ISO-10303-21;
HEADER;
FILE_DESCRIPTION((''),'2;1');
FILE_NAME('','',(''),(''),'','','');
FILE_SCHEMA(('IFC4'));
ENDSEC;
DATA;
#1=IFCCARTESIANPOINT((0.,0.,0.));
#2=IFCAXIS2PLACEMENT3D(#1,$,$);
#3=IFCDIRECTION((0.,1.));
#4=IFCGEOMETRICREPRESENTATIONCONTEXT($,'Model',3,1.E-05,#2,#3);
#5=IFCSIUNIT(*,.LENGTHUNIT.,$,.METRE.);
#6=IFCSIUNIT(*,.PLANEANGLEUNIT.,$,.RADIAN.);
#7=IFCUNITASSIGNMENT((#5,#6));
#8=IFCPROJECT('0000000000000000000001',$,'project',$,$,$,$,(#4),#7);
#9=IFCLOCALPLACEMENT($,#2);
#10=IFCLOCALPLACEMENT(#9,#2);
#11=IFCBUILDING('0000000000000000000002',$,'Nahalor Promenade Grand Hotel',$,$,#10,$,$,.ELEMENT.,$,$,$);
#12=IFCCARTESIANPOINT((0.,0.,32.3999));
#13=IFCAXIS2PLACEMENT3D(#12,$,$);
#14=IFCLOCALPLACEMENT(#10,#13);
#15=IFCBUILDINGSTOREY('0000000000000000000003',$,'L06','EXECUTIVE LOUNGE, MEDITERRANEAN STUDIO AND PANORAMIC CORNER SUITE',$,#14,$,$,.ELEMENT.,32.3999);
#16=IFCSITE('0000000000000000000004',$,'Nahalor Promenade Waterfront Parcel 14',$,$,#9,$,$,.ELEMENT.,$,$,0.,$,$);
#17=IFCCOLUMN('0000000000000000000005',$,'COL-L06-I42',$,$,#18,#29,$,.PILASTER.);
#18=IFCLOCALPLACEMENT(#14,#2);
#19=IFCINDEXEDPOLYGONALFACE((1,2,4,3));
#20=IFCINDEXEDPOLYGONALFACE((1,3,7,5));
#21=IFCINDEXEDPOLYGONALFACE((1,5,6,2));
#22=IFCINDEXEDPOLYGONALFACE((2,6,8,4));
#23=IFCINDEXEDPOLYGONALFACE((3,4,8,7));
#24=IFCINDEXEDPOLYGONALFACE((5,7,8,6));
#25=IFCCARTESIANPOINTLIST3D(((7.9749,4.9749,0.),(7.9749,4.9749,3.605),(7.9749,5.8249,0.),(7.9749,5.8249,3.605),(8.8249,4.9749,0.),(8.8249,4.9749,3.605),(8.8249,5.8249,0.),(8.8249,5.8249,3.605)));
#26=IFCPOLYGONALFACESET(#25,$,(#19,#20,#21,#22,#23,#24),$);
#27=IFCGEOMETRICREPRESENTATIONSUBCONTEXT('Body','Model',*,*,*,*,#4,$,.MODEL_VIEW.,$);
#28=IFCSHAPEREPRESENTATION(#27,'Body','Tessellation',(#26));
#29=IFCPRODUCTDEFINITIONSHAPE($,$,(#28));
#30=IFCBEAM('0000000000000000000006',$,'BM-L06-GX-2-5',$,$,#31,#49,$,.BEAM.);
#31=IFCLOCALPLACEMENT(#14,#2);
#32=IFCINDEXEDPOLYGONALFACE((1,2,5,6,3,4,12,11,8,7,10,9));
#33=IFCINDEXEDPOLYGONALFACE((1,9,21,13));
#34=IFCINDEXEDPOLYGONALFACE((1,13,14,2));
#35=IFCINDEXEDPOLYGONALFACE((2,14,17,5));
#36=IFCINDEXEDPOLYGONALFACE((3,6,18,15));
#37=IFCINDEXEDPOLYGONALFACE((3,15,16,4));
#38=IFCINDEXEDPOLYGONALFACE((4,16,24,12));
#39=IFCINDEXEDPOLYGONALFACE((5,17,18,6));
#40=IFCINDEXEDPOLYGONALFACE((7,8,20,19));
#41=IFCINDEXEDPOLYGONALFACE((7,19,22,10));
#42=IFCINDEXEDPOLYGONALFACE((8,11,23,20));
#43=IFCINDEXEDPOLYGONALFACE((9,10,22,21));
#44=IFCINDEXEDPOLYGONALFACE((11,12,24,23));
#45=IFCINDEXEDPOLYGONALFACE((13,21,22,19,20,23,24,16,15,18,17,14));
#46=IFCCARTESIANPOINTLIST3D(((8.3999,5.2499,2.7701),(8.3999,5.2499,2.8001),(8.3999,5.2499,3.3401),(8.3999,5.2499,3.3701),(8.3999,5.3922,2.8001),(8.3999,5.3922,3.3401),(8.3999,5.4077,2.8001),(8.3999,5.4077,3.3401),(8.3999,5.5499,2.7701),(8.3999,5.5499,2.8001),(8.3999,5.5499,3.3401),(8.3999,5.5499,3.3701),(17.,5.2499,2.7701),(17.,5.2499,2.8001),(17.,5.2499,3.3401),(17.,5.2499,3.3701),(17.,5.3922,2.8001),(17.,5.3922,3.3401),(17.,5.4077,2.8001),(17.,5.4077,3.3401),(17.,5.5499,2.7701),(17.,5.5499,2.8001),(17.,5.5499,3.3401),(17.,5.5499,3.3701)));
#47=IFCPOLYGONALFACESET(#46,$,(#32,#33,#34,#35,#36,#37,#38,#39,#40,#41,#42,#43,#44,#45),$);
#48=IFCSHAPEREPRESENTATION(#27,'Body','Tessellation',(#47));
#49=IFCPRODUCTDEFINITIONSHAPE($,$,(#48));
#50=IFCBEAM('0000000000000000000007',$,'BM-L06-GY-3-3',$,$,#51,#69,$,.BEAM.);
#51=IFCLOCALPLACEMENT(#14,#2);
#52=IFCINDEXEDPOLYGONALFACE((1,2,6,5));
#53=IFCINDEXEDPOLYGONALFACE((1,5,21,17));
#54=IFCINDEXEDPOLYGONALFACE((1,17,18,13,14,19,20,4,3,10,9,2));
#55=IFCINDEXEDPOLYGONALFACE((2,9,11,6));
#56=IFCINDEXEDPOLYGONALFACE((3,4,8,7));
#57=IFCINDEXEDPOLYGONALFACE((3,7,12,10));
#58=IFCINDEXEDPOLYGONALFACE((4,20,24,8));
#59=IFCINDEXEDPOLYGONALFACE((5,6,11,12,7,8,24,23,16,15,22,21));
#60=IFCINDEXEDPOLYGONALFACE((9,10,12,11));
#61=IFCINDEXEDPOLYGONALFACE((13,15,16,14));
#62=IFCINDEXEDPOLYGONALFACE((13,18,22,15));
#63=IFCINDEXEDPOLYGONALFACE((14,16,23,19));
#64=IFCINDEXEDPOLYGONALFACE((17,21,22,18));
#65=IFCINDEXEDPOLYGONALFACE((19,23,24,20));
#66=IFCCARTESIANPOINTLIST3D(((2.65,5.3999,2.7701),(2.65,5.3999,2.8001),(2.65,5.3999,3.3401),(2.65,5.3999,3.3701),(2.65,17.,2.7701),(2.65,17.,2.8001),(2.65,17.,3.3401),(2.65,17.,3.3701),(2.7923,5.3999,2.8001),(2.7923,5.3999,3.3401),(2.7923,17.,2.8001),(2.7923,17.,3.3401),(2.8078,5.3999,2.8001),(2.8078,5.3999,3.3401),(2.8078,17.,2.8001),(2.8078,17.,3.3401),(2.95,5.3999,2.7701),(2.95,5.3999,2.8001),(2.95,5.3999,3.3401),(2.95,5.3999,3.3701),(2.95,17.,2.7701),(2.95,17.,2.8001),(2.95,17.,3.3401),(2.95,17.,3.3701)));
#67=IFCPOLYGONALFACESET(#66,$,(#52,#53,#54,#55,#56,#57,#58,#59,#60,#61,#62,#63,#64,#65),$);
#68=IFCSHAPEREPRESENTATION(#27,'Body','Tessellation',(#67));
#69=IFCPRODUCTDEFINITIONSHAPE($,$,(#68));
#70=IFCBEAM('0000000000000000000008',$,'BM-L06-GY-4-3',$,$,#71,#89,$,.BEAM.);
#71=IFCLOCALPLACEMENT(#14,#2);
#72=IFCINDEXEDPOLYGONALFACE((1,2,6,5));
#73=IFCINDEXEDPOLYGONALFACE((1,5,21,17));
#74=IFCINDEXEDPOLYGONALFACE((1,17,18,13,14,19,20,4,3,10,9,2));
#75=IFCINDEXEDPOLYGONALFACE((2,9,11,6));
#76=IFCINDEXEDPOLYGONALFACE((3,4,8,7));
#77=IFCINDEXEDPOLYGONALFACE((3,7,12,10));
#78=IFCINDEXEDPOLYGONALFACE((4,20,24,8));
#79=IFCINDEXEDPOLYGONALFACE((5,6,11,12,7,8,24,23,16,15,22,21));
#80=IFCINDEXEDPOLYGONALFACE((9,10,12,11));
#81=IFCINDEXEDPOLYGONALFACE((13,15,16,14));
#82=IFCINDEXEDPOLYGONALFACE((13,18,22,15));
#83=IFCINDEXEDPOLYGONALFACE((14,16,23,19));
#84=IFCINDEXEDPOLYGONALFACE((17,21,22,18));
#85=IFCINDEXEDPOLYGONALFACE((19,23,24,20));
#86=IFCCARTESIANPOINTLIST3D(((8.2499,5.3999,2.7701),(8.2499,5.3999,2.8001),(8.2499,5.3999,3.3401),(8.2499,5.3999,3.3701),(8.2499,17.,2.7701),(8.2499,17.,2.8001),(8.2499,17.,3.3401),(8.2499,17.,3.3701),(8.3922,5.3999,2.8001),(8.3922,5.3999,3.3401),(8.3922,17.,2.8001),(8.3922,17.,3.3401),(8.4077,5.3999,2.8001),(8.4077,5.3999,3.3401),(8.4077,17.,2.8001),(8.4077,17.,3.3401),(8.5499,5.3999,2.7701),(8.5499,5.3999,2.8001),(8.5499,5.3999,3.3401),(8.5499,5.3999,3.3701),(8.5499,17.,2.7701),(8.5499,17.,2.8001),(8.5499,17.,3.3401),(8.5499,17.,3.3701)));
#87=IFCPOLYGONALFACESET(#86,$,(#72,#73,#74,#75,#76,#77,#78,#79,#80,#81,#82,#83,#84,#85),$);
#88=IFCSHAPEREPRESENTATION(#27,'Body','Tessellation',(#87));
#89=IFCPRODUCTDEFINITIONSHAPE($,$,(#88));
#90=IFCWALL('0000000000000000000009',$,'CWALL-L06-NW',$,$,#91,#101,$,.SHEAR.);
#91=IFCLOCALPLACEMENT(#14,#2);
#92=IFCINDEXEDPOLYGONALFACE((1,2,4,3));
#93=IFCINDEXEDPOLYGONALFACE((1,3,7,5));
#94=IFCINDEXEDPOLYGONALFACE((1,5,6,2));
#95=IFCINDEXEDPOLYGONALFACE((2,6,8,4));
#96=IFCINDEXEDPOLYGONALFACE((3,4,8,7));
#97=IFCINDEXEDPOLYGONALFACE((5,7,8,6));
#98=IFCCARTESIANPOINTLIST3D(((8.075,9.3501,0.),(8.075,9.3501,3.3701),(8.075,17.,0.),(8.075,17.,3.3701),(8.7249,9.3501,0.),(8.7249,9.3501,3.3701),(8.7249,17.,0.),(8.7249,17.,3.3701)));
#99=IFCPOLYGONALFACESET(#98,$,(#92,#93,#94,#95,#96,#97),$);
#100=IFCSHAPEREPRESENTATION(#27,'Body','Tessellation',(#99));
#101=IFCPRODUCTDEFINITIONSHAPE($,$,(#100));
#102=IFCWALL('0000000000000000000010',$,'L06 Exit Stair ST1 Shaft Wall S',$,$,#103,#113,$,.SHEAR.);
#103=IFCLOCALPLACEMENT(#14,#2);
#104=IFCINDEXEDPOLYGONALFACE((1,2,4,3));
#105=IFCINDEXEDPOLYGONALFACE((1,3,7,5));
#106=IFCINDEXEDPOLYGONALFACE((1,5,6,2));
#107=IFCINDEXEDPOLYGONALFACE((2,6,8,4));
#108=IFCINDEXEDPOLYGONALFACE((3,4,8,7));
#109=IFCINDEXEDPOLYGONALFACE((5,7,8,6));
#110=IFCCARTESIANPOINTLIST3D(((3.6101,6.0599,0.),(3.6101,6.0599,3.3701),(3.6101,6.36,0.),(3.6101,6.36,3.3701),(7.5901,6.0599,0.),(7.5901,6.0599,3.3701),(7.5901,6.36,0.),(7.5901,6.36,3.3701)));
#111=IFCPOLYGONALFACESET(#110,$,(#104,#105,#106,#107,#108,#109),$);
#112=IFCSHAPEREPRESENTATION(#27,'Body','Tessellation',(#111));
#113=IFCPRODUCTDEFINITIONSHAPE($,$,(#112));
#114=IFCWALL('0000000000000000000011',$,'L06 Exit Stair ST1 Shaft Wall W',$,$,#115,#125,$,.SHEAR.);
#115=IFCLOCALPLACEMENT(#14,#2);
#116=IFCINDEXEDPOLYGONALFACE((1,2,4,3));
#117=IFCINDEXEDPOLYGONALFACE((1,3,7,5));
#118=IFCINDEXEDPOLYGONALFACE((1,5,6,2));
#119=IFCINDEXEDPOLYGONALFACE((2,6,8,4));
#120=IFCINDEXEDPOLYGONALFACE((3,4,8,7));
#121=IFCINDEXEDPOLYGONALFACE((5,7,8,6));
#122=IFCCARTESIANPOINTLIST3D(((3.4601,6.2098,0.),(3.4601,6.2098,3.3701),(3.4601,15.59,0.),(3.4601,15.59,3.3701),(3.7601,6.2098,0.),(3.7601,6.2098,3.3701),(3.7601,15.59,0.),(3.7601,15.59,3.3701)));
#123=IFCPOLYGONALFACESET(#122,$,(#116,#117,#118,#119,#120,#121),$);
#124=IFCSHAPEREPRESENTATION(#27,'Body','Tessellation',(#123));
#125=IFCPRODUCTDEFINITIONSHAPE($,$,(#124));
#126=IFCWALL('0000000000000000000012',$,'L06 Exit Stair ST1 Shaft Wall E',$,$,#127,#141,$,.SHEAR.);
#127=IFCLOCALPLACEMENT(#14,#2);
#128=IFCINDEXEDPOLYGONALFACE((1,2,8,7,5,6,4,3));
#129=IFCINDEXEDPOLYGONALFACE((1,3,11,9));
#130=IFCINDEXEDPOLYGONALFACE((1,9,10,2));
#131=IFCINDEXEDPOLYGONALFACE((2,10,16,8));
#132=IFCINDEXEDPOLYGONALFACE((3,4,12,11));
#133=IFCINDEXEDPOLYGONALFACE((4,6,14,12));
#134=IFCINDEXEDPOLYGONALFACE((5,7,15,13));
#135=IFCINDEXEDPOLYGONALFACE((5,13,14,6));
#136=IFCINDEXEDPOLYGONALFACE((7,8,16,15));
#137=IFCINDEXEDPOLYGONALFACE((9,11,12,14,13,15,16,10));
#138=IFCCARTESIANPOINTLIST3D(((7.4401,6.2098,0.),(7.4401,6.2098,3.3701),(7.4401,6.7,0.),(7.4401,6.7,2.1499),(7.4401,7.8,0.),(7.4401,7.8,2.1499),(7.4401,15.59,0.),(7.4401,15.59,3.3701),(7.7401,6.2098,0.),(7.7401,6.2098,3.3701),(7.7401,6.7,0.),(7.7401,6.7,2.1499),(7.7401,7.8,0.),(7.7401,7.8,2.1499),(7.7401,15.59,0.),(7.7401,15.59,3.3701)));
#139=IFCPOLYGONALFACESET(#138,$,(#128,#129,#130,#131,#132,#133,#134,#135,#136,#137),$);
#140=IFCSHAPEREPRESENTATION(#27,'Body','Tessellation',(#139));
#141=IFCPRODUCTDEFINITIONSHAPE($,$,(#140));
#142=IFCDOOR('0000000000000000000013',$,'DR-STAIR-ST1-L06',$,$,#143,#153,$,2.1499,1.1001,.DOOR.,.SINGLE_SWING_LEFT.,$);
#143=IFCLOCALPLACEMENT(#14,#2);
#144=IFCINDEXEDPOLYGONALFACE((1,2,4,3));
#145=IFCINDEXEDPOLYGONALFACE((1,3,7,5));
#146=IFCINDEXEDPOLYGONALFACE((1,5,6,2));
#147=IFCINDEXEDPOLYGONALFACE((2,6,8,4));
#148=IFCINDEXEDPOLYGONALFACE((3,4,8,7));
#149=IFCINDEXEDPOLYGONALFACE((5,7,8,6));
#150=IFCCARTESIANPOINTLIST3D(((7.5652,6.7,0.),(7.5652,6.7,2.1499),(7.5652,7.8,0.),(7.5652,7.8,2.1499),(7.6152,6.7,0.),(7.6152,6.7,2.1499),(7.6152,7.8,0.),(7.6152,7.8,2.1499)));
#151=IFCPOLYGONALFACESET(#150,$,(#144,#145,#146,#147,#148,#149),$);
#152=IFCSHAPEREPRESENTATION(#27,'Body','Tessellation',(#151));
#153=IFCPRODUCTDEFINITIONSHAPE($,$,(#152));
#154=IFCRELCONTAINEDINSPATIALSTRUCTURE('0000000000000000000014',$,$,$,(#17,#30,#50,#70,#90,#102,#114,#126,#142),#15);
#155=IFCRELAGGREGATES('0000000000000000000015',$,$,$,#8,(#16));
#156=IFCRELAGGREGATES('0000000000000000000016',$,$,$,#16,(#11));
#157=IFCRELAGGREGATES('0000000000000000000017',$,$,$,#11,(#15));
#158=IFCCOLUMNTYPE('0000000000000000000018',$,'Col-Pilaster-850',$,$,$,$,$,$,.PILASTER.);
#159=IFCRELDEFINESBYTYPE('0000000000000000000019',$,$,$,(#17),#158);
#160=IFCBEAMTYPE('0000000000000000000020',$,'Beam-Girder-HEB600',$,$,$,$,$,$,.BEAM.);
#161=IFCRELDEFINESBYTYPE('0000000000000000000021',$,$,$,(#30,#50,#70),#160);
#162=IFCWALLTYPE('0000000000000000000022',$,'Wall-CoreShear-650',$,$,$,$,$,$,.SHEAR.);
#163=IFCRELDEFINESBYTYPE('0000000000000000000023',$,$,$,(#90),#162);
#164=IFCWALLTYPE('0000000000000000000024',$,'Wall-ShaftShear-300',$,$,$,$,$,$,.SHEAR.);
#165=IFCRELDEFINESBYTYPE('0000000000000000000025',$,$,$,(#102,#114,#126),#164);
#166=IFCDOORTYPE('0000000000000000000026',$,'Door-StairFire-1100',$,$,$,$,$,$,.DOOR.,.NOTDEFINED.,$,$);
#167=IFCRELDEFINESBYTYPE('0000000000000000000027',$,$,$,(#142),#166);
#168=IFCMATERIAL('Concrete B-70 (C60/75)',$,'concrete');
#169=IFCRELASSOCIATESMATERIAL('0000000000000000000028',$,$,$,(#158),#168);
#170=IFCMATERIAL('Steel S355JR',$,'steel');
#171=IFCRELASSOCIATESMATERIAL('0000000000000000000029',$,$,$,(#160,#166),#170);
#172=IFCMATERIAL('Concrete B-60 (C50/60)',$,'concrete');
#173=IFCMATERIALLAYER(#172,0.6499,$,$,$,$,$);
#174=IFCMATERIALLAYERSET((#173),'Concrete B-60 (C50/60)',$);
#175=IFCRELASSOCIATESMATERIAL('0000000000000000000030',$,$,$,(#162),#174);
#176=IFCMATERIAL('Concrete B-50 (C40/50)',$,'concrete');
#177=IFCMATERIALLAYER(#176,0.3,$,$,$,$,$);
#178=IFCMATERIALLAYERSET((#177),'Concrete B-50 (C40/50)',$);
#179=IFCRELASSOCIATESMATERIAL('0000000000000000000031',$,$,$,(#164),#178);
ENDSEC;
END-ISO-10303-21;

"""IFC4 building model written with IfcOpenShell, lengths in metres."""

from ifc_helpers import new_model, si_unit, direction, frame, frame_2d, origin, origin_2d, place, context, subcontext, project, spatial, rectangle, i_section, extrude, source, transform, mapped, material, layer, layer_set, material_profile, profile_set, type_object, element, fill, save


model = new_model("IFC4")

# Units and contexts
model_context = context("Model", 3, precision=1e-05, world=origin(), true_north=direction((0.0, 1.0)))
body_context = subcontext(model_context, "Body", "Model", "MODEL_VIEW")
ifc_project = project(units=[si_unit("LENGTHUNIT", "METRE"), si_unit("PLANEANGLEUNIT", "RADIAN")], contexts=[model_context])

# Site, building, storey
site_placement = place(None, origin())
site = spatial("IfcSite", under=ifc_project, at=site_placement, Name="Nahalor Promenade Waterfront Parcel 14", CompositionType="ELEMENT", RefElevation=0.0)
building_placement = place(site_placement, origin())
building = spatial("IfcBuilding", under=site, at=building_placement, Name="Nahalor Promenade Grand Hotel", CompositionType="ELEMENT")
storey_placement = place(building_placement, frame((0.0, 0.0, 32.3999)))
storey = spatial("IfcBuildingStorey", under=building, at=storey_placement, Name="L06", Description="EXECUTIVE LOUNGE, MEDITERRANEAN STUDIO AND PANORAMIC CORNER SUITE", CompositionType="ELEMENT", Elevation=32.3999)

# Column
ifc_material_1 = material(Name="Concrete B-70 (C60/75)", Category="concrete")
ifc_material_profile_1 = material_profile(ifc_material_1, rectangle(XDim=0.85, YDim=0.85, at=origin_2d()), Name="RC 850x850")
ifc_profile_set_1 = profile_set([ifc_material_profile_1], Name="Concrete B-70 (C60/75)")
column_type = type_object("IfcColumnType", Name="Col-Pilaster-850", PredefinedType="PILASTER", material=ifc_profile_set_1)
shared_shape_1 = source(origin(), body_context, "Body", "SweptSolid", [
    extrude(rectangle(XDim=0.85, YDim=0.85, at=origin_2d()), origin(), (0.0, 0.0, 1.0), 3.605),
])
column_placement = place(storey_placement, frame((8.3999, 5.3999, 0.0), z_axis=(0.0, 0.0, 1.0), x_axis=(1.0, 0.0, 0.0)))
element("IfcColumn", 1, at=column_placement, inside=storey, type_object=column_type, Name="COL-L06-I42", PredefinedType="PILASTER", context=body_context, shape_type="MappedRepresentation", body=[
    mapped(shared_shape_1, transform((0.0, 0.0, 0.0), scale=1.0)),
])

# Beams
ifc_material_2 = material(Name="Steel S355JR", Category="steel")
ifc_material_profile_2 = material_profile(ifc_material_2, i_section(OverallWidth=0.3, OverallDepth=0.6, WebThickness=0.0155, FlangeThickness=0.03, at=origin_2d()), Name="HEB 600")
ifc_profile_set_2 = profile_set([ifc_material_profile_2], Name="Steel S355JR")
beam_type = type_object("IfcBeamType", Name="Beam-Girder-HEB600", PredefinedType="BEAM", material=ifc_profile_set_2)
shared_shape_2 = source(origin(), body_context, "Body", "SweptSolid", [
    extrude(i_section(OverallWidth=0.3, OverallDepth=0.6, WebThickness=0.0155, FlangeThickness=0.03, at=origin_2d()), origin(), (0.0, 0.0, 1.0), 8.6001),
])
beam_placement = place(storey_placement, frame((8.3999, 5.3999, 3.0701), z_axis=(1.0, 0.0, 0.0), x_axis=(0.0, 1.0, 0.0)))
element("IfcBeam", 2, at=beam_placement, inside=storey, type_object=beam_type, Name="BM-L06-GX-2-5", PredefinedType="BEAM", context=body_context, shape_type="MappedRepresentation", body=[
    mapped(shared_shape_2, transform((0.0, 0.0, 0.0), scale=1.0)),
])
shared_shape_3 = source(origin(), body_context, "Body", "SweptSolid", [
    extrude(i_section(OverallWidth=0.3, OverallDepth=0.6, WebThickness=0.0155, FlangeThickness=0.03, at=origin_2d()), origin(), (0.0, 0.0, 1.0), 11.6001),
])
for number, where, z_axis, x_axis, name in (
    (3, (2.8, 5.3999, 3.0701), (0.0, 1.0, 0.0), (-1.0, 0.0, 0.0), "BM-L06-GY-3-3"),
    (4, (8.3999, 5.3999, 3.0701), (0.0, 1.0, 0.0), (-1.0, 0.0, 0.0), "BM-L06-GY-4-3"),
):
    element("IfcBeam", number, at=place(storey_placement, frame(where, z_axis=z_axis, x_axis=x_axis)), inside=storey, type_object=beam_type, Name=name, PredefinedType="BEAM", context=body_context, shape_type="MappedRepresentation", body=[
        mapped(shared_shape_3, transform((0.0, 0.0, 0.0), scale=1.0)),
    ])

# Walls
ifc_material_3 = material(Name="Concrete B-60 (C50/60)", Category="concrete")
ifc_layer_1 = layer(ifc_material_3, 0.6499)
ifc_layer_set_1 = layer_set([ifc_layer_1], Name="Concrete B-60 (C50/60)")
wall_type_1 = type_object("IfcWallType", Name="Wall-CoreShear-650", PredefinedType="SHEAR", material=ifc_layer_set_1)
shared_shape_4 = source(origin(), body_context, "Body", "SweptSolid", [
    extrude(rectangle(XDim=7.6499, YDim=0.6499, at=frame_2d((3.825, 0.0))), origin(), (0.0, 0.0, 1.0), 3.3701),
])
wall_1_placement = place(storey_placement, frame((8.3999, 9.3501, 0.0), z_axis=(0.0, 0.0, 1.0), x_axis=(0.0, 1.0, 0.0)))
element("IfcWall", 5, at=wall_1_placement, inside=storey, type_object=wall_type_1, Name="CWALL-L06-NW", PredefinedType="SHEAR", context=body_context, shape_type="MappedRepresentation", body=[
    mapped(shared_shape_4, transform((0.0, 0.0, 0.0), scale=1.0)),
])
ifc_material_4 = material(Name="Concrete B-50 (C40/50)", Category="concrete")
ifc_layer_2 = layer(ifc_material_4, 0.3)
ifc_layer_set_2 = layer_set([ifc_layer_2], Name="Concrete B-50 (C40/50)")
wall_type_2 = type_object("IfcWallType", Name="Wall-ShaftShear-300", PredefinedType="SHEAR", material=ifc_layer_set_2)
shared_shape_5 = source(origin(), body_context, "Body", "SweptSolid", [
    extrude(rectangle(XDim=3.98, YDim=0.3, at=frame_2d((1.99, 0.0))), origin(), (0.0, 0.0, 1.0), 3.3701),
])
wall_2_placement = place(storey_placement, frame((3.6101, 6.21, 0.0), z_axis=(0.0, 0.0, 1.0), x_axis=(1.0, 0.0, 0.0)))
element("IfcWall", 6, at=wall_2_placement, inside=storey, type_object=wall_type_2, Name="L06 Exit Stair ST1 Shaft Wall S", PredefinedType="SHEAR", context=body_context, shape_type="MappedRepresentation", body=[
    mapped(shared_shape_5, transform((0.0, 0.0, 0.0), scale=1.0)),
])
shared_shape_6 = source(origin(), body_context, "Body", "SweptSolid", [
    extrude(rectangle(XDim=9.3801, YDim=0.3, at=frame_2d((4.6899, 0.0))), origin(), (0.0, 0.0, 1.0), 3.3701),
])
wall_3_placement = place(storey_placement, frame((3.6101, 6.21, 0.0), z_axis=(0.0, 0.0, 1.0), x_axis=(0.0, 1.0, 0.0)))
element("IfcWall", 7, at=wall_3_placement, inside=storey, type_object=wall_type_2, Name="L06 Exit Stair ST1 Shaft Wall W", PredefinedType="SHEAR", context=body_context, shape_type="MappedRepresentation", body=[
    mapped(shared_shape_6, transform((0.0, 0.0, 0.0), scale=1.0)),
])

# Wall, opening, door
wall_4_placement = place(storey_placement, frame((7.5901, 6.21, 0.0), z_axis=(0.0, 0.0, 1.0), x_axis=(0.0, 1.0, 0.0)))
wall_4 = element("IfcWall", 8, at=wall_4_placement, inside=storey, type_object=wall_type_2, Name="L06 Exit Stair ST1 Shaft Wall E", PredefinedType="SHEAR", context=body_context, shape_type="MappedRepresentation", body=[
    mapped(shared_shape_6, transform((0.0, 0.0, 0.0), scale=1.0)),
])
opening_1_placement = place(wall_4_placement, frame((0.49, 0.0, 0.0)))
opening_1 = element("IfcOpeningElement", 9, at=opening_1_placement, cuts=wall_4, PredefinedType="OPENING", context=body_context, shape_type="SweptSolid", body=[
    extrude(rectangle(XDim=1.1001, YDim=2.1499, at=frame_2d((0.55, 1.075))), frame((0.0, 0.1599, 0.0), z_axis=(0.0, -1.0, 0.0), x_axis=(1.0, 0.0, 0.0)), (0.0, 0.0, 1.0), 0.3201),
])
door_type_1 = type_object("IfcDoorType", Name="Door-StairFire-1100", OperationType="NOTDEFINED", PredefinedType="DOOR", material=ifc_material_2)
shared_shape_7 = source(origin(), body_context, "Body", "SweptSolid", [
    extrude(rectangle(XDim=1.1001, YDim=2.1499, at=frame_2d((0.55, 1.075))), frame((0.0, 0.0249, 0.0), z_axis=(0.0, -1.0, 0.0), x_axis=(1.0, 0.0, 0.0)), (0.0, 0.0, 1.0), 0.05),
])
door_1_placement = place(opening_1_placement, origin())
door_1 = element("IfcDoor", 10, at=door_1_placement, inside=storey, type_object=door_type_1, Name="DR-STAIR-ST1-L06", OperationType="SINGLE_SWING_LEFT", OverallHeight=2.1499, OverallWidth=1.1001, PredefinedType="DOOR", context=body_context, shape_type="MappedRepresentation", body=[
    mapped(shared_shape_7, transform((0.0, 0.0, 0.0), scale=1.0)),
])
fill(opening_1, door_1)

save(model, "model.ifc")
